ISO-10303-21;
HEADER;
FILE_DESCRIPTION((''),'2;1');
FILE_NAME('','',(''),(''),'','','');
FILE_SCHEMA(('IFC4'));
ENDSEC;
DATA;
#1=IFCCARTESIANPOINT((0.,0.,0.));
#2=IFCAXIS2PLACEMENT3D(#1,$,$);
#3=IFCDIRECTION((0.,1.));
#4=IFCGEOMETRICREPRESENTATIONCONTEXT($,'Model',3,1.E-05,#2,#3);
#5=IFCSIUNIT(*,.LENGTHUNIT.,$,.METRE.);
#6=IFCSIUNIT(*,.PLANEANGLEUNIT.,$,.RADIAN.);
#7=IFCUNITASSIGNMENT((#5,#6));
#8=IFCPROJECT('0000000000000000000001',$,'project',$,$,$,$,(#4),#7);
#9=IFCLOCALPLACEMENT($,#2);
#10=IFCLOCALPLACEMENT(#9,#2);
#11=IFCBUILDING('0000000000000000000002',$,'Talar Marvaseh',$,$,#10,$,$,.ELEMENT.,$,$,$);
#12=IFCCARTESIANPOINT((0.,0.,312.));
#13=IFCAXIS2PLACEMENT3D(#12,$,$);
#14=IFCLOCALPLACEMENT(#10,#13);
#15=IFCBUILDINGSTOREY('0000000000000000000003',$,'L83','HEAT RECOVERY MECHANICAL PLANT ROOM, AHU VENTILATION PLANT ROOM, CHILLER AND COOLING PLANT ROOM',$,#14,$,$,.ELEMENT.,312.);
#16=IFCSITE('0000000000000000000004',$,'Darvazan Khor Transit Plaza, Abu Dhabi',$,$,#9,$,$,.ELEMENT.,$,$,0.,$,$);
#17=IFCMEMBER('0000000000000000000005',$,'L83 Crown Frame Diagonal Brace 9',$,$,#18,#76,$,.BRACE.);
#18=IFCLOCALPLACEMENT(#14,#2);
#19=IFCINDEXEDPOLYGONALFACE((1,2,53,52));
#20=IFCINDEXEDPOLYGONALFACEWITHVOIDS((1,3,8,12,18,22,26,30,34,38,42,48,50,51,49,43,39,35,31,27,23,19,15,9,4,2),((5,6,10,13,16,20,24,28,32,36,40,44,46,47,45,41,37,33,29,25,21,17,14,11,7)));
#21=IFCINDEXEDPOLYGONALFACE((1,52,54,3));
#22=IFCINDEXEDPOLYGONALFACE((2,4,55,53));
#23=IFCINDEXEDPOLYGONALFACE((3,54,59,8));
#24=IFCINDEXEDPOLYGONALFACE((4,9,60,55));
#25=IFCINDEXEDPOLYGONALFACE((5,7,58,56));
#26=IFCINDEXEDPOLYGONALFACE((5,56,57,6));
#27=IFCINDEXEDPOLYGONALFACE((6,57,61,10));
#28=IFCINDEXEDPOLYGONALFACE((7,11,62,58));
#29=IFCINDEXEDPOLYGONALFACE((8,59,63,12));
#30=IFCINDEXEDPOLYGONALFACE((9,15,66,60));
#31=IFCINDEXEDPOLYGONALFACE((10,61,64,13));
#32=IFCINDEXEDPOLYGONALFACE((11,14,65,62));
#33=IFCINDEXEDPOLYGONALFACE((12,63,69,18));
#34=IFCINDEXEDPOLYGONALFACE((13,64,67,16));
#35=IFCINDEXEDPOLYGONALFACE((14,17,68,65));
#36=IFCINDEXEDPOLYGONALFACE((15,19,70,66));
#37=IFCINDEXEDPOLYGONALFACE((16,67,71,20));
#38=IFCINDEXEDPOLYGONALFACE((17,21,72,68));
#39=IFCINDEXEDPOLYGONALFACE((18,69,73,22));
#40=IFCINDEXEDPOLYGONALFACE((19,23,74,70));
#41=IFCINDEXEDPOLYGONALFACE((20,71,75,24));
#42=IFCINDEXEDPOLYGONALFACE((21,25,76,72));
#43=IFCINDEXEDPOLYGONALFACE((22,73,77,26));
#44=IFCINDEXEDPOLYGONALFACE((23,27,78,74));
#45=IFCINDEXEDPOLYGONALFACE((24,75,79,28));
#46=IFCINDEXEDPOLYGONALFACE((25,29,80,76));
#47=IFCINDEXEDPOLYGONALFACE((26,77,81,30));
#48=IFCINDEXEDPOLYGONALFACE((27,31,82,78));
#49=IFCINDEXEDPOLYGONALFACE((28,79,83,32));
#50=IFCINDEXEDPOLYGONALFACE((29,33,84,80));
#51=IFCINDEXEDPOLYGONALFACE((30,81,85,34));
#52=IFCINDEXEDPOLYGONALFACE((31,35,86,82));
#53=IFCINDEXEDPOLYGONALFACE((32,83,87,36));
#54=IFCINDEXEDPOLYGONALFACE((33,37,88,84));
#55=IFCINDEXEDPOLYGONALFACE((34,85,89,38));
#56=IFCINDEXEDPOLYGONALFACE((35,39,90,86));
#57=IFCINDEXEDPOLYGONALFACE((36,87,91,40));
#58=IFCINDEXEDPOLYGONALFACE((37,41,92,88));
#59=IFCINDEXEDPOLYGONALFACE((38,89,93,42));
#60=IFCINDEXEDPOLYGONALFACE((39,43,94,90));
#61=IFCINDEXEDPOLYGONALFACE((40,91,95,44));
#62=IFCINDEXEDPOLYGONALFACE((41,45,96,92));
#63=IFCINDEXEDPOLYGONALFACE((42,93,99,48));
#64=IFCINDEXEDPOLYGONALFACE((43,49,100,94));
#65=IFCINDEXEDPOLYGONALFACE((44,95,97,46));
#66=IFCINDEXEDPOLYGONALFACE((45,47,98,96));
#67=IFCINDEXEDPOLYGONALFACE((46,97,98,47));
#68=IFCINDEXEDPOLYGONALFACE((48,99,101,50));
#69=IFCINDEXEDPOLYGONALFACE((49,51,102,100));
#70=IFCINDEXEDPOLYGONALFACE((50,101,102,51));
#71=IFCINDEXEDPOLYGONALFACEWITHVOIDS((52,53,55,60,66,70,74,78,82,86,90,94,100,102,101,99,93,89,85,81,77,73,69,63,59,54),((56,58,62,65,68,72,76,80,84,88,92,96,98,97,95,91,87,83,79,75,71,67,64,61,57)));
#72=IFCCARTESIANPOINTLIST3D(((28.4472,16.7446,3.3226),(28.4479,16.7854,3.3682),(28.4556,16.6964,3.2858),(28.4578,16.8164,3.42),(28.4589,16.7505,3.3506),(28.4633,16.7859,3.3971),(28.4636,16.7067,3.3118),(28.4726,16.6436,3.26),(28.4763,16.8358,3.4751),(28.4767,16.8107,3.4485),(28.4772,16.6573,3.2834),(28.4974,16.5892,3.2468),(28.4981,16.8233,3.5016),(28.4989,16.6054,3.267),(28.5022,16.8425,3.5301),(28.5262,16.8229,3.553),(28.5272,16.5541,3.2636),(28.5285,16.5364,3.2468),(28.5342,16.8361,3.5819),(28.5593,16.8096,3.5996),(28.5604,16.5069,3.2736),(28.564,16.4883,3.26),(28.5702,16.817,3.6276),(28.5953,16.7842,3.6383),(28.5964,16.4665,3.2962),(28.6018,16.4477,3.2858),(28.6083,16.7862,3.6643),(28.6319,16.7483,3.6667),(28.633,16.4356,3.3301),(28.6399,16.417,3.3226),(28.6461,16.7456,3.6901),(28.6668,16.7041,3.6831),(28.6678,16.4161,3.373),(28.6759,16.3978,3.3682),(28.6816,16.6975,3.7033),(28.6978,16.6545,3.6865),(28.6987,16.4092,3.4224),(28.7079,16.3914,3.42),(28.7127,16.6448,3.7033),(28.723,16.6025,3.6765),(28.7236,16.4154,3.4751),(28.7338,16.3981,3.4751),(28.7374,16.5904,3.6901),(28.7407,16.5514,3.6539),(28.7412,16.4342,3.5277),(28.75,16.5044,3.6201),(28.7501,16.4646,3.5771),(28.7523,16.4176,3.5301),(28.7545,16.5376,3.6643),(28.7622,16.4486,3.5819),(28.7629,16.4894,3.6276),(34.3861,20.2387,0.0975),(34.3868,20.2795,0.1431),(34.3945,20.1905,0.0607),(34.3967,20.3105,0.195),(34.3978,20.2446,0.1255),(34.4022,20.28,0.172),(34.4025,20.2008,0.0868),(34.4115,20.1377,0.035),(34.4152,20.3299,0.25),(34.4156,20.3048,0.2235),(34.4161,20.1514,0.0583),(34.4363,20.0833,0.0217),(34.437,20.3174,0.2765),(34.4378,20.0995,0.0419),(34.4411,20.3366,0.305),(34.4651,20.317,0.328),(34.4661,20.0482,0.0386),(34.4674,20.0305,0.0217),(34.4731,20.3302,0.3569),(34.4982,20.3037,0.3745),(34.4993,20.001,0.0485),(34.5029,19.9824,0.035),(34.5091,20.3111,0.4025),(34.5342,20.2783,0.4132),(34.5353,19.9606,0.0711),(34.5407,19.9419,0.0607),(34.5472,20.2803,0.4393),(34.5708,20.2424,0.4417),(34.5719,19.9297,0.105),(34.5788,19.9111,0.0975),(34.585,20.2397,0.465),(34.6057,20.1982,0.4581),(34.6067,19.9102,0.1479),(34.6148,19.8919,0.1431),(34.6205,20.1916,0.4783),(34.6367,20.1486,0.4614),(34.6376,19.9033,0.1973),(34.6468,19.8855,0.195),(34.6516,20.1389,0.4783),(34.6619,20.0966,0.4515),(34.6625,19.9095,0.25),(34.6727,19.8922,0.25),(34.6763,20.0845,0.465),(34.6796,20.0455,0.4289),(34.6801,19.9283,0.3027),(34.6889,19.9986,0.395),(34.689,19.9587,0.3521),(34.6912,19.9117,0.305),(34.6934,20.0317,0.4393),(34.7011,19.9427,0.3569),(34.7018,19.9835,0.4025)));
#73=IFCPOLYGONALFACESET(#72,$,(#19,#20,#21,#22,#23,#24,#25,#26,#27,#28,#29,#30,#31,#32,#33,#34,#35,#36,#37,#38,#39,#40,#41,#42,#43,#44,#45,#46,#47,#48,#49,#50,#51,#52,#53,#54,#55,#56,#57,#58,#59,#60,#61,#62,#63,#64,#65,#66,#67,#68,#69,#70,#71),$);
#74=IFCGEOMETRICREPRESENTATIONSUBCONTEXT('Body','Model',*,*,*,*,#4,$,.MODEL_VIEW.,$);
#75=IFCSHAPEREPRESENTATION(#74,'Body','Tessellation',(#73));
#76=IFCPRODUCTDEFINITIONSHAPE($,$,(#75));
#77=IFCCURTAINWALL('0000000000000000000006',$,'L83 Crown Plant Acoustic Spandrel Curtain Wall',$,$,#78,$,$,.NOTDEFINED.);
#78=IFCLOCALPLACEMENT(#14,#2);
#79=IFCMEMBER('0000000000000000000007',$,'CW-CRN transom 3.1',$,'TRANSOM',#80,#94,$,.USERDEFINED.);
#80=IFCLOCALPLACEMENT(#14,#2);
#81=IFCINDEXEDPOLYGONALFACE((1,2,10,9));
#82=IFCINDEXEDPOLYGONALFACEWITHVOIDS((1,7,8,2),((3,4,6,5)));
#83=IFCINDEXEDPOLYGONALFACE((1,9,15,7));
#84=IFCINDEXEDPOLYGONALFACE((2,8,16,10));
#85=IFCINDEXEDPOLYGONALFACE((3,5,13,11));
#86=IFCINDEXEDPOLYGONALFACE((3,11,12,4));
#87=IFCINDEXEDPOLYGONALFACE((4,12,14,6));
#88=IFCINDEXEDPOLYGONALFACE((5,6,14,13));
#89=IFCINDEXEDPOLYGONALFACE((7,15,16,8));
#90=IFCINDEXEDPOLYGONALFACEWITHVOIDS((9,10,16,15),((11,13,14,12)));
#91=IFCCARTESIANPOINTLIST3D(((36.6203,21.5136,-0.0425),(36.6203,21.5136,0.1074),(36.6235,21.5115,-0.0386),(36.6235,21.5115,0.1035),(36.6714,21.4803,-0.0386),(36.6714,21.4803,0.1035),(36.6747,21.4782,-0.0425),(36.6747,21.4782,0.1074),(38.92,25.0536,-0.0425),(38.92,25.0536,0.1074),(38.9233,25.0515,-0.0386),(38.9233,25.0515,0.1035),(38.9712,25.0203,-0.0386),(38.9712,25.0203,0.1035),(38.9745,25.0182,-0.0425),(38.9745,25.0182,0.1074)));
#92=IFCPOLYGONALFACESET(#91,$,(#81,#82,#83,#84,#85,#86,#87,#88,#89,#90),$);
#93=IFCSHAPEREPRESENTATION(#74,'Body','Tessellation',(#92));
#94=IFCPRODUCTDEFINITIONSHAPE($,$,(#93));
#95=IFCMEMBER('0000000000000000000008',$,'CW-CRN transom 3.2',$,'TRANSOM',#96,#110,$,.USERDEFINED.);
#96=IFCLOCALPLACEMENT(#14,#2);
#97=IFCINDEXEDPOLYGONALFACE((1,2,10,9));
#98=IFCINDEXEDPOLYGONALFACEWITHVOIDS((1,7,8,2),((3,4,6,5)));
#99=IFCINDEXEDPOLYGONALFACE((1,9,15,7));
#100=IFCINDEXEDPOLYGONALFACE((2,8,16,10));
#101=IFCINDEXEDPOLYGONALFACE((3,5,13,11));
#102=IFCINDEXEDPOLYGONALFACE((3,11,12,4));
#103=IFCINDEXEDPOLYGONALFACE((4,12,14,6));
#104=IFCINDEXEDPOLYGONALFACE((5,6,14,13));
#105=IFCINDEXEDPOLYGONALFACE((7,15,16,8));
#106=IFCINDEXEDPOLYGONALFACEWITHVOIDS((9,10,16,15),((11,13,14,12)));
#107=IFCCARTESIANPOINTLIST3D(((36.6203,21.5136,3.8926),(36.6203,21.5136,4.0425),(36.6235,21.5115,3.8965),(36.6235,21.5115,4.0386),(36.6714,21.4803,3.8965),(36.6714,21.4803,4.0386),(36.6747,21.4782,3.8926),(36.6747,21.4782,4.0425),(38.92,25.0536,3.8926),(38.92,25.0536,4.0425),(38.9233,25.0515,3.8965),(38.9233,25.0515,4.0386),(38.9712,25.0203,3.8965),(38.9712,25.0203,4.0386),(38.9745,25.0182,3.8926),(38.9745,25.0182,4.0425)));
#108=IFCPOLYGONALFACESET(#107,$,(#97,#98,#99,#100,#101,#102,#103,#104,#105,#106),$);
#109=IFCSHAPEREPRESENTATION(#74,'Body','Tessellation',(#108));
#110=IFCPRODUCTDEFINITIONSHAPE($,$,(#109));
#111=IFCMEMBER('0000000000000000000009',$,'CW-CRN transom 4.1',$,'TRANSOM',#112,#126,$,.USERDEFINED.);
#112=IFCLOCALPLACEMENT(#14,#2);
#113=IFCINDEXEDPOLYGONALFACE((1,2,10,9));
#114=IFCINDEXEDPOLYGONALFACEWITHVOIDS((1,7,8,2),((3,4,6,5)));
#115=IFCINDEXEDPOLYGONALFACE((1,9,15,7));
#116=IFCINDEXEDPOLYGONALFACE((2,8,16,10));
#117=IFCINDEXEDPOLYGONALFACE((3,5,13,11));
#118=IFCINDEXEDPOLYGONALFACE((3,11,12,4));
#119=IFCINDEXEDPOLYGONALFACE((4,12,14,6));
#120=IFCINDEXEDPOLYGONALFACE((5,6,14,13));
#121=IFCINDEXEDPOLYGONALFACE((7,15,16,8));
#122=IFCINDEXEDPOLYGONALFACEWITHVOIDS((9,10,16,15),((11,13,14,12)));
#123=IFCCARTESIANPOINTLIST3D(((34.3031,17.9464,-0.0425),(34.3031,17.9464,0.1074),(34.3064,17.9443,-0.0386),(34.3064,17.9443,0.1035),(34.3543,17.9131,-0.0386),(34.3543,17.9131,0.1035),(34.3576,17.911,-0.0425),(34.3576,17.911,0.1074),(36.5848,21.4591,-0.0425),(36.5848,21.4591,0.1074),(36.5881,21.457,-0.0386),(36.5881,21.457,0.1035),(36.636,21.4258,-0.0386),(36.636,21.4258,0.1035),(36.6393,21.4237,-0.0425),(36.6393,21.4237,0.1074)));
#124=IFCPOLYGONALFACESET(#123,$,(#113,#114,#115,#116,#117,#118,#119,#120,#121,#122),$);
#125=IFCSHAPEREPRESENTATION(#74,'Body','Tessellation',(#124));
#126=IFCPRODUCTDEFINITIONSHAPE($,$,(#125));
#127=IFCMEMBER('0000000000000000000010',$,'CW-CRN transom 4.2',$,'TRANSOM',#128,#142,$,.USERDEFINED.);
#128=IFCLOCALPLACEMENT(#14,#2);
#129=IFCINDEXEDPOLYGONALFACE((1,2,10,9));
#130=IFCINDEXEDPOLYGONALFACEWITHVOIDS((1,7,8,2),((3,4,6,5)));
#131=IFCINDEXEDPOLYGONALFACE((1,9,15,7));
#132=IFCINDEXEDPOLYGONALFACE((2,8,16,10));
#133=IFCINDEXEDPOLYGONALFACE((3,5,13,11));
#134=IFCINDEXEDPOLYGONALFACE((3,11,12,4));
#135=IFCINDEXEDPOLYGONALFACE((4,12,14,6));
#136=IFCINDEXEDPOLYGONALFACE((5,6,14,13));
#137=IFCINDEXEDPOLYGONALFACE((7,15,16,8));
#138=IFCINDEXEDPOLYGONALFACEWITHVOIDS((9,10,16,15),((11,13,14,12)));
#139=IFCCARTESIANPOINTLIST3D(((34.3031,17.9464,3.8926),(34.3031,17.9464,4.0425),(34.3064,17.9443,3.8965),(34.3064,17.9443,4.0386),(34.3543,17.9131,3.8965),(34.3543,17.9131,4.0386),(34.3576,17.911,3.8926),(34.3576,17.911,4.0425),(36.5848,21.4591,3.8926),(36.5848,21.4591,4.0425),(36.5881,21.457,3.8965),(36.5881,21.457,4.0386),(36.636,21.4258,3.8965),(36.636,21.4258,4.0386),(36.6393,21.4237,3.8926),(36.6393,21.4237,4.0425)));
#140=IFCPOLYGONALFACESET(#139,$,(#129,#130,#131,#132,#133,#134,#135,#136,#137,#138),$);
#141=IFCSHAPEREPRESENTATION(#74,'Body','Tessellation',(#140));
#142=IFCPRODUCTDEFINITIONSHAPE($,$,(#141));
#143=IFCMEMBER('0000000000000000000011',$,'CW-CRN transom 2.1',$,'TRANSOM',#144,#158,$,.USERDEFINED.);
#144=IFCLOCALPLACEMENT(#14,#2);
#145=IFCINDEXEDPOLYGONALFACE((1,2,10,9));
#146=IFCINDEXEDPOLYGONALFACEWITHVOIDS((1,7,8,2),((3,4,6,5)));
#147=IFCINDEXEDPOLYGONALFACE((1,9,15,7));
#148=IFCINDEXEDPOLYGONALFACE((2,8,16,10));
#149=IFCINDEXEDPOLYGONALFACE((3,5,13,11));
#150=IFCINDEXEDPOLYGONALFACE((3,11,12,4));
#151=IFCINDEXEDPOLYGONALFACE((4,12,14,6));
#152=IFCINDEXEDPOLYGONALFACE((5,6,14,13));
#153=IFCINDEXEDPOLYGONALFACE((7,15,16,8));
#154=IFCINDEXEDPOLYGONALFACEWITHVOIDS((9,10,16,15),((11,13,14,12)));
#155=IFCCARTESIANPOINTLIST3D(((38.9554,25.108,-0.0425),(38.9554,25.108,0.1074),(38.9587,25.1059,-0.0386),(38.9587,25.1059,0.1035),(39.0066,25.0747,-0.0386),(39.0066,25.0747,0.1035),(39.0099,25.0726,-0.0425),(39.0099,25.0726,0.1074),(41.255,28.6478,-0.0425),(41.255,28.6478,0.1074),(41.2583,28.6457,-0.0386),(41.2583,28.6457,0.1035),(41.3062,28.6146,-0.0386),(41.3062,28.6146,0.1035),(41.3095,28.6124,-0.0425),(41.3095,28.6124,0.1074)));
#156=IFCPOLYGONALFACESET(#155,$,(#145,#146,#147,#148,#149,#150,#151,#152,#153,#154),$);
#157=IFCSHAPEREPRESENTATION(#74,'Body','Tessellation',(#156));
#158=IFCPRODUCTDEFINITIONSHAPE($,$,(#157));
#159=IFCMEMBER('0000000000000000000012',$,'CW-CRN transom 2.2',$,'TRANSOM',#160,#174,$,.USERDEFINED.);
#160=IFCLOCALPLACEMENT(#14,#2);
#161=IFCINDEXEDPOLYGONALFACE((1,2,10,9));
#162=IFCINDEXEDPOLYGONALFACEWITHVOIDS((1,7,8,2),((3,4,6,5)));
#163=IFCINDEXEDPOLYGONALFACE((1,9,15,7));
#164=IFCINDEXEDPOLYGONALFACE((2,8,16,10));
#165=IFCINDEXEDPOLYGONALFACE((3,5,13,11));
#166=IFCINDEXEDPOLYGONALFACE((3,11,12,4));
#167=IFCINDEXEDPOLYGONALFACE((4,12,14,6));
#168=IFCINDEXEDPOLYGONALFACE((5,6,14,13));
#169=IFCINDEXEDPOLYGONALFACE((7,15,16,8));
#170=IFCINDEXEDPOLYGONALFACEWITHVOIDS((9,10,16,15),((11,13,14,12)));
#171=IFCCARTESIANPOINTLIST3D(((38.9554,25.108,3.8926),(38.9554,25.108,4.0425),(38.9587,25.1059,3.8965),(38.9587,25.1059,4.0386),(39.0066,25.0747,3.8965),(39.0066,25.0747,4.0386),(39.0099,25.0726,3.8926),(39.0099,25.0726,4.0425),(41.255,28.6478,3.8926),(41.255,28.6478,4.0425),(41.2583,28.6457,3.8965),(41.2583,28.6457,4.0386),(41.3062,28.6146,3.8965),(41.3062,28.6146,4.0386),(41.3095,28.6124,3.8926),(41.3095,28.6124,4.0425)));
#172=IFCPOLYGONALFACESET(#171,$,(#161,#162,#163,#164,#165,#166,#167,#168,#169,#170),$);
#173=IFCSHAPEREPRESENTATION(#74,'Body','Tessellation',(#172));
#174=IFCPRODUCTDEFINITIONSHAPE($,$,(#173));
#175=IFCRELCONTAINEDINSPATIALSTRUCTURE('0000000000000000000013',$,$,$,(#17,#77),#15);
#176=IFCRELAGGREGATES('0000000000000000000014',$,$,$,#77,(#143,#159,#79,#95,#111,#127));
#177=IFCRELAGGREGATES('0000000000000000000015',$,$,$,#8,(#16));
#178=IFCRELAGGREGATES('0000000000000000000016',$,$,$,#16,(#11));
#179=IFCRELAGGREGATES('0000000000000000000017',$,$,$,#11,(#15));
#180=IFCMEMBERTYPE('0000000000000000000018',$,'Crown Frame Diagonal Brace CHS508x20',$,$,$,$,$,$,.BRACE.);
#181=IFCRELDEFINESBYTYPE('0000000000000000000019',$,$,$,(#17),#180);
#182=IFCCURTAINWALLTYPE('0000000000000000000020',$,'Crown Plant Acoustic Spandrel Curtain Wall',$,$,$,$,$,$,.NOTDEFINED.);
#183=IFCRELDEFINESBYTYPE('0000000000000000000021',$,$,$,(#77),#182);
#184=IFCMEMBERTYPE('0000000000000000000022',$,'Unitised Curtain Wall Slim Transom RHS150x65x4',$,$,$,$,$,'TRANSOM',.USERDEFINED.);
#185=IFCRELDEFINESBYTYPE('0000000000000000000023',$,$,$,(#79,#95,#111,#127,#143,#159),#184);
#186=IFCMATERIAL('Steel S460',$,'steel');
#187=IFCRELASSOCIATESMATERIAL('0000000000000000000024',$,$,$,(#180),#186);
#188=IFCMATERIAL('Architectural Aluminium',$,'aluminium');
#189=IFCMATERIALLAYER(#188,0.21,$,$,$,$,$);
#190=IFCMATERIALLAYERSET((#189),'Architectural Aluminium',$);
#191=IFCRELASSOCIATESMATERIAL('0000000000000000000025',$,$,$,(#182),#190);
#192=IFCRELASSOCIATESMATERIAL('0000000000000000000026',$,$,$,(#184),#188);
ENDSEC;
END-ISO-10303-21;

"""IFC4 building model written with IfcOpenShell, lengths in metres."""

from ifc_helpers import new_model, si_unit, direction, frame, origin, origin_2d, place, context, subcontext, project, spatial, hollow_rectangle, hollow_circle, extrude, source, transform, mapped, material, layer, layer_set, material_profile, profile_set, type_object, type_shapes, element, aggregate, save


model = new_model("IFC4")

# Units and contexts
model_context = context("Model", 3, precision=1e-05, world=origin(), true_north=direction((0.0, 1.0)))
body_context = subcontext(model_context, "Body", "Model", "MODEL_VIEW")
ifc_project = project(units=[si_unit("LENGTHUNIT", "METRE"), si_unit("PLANEANGLEUNIT", "RADIAN")], contexts=[model_context])

# Site, building, storey
site_placement = place(None, origin())
site = spatial("IfcSite", under=ifc_project, at=site_placement, Name="Darvazan Khor Transit Plaza, Abu Dhabi", CompositionType="ELEMENT", RefElevation=0.0)
building_placement = place(site_placement, origin())
building = spatial("IfcBuilding", under=site, at=building_placement, Name="Talar Marvaseh", CompositionType="ELEMENT")
storey_placement = place(building_placement, frame((0.0, 0.0, 312.0)))
storey = spatial("IfcBuildingStorey", under=building, at=storey_placement, Name="L83", Description="HEAT RECOVERY MECHANICAL PLANT ROOM, AHU VENTILATION PLANT ROOM, CHILLER AND COOLING PLANT ROOM", CompositionType="ELEMENT", Elevation=312.0)

# Shared definitions
ifc_material_1 = material(Name="Steel S460", Category="steel")

# Member
ifc_material_profile_1 = material_profile(ifc_material_1, hollow_circle(Radius=0.2539, WallThickness=0.02, at=origin_2d()), Name="CHS508x20")
ifc_profile_set_1 = profile_set([ifc_material_profile_1], Name="Steel S460")
member_type_1 = type_object("IfcMemberType", Name="Crown Frame Diagonal Brace CHS508x20", PredefinedType="BRACE", material=ifc_profile_set_1)
shared_shape_1 = source(origin(), body_context, "Body", "SweptSolid", [
    extrude(hollow_circle(Radius=0.2539, WallThickness=0.02, at=origin_2d()), origin(), (0.0, 0.0, 1.0), 7.6079),
])
type_shapes(member_type_1, [shared_shape_1])
member_1_placement = place(storey_placement, frame((34.5439, 20.1111, 0.25), z_axis=(-0.780622, -0.459272, 0.423909), x_axis=(0.507088, -0.861894, 0.0)))
element("IfcMember", 1, at=member_1_placement, inside=storey, type_object=member_type_1, Name="L83 Crown Frame Diagonal Brace 9", PredefinedType="BRACE", context=body_context, shape_type="MappedRepresentation", body=[
    mapped(shared_shape_1, transform((0.0, 0.0, 0.0), x_axis=(1.0, 0.0, 0.0), y_axis=(0.0, 1.0, 0.0), z_axis=(0.0, 0.0, 1.0), scale=1.0)),
])

# Curtain wall, members
ifc_material_2 = material(Name="Architectural Aluminium", Category="aluminium")
ifc_layer_1 = layer(ifc_material_2, 0.21)
ifc_layer_set_1 = layer_set([ifc_layer_1], Name="Architectural Aluminium")
curtain_wall_type = type_object("IfcCurtainWallType", Name="Crown Plant Acoustic Spandrel Curtain Wall", PredefinedType="NOTDEFINED", material=ifc_layer_set_1)
curtain_wall_placement = place(storey_placement, origin())
curtain_wall = element("IfcCurtainWall", 2, at=curtain_wall_placement, inside=storey, type_object=curtain_wall_type, Name="L83 Crown Plant Acoustic Spandrel Curtain Wall", PredefinedType="NOTDEFINED")
ifc_material_profile_2 = material_profile(ifc_material_2, hollow_rectangle(XDim=0.0649, YDim=0.1499, WallThickness=0.0039, at=origin_2d()), Name="RHS150x65x4")
ifc_profile_set_2 = profile_set([ifc_material_profile_2], Name="Architectural Aluminium")
member_type_2 = type_object("IfcMemberType", Name="Unitised Curtain Wall Slim Transom RHS150x65x4", ElementType="TRANSOM", PredefinedType="USERDEFINED", material=ifc_profile_set_2)
shared_shape_2 = source(origin(), body_context, "Body", "SweptSolid", [
    extrude(hollow_rectangle(XDim=0.0649, YDim=0.1499, WallThickness=0.0039, at=origin_2d()), origin(), (0.0, 0.0, 1.0), 4.2214),
])
member_2_placement = place(storey_placement, frame((38.9473, 25.0359, 0.0325), z_axis=(-0.544785, -0.838576, 0.0), x_axis=(0.838576, -0.544785, 0.0)))
member_2 = element("IfcMember", 3, at=member_2_placement, type_object=member_type_2, Name="CW-CRN transom 3.1", ObjectType="TRANSOM", PredefinedType="USERDEFINED", context=body_context, shape_type="MappedRepresentation", body=[
    mapped(shared_shape_2, transform((0.0, 0.0, 0.0), x_axis=(1.0, 0.0, 0.0), y_axis=(0.0, 1.0, 0.0), z_axis=(0.0, 0.0, 1.0), scale=1.0)),
])
member_3_placement = place(storey_placement, frame((38.9473, 25.0359, 3.9675), z_axis=(-0.544785, -0.838576, 0.0), x_axis=(0.838576, -0.544785, 0.0)))
member_3 = element("IfcMember", 4, at=member_3_placement, type_object=member_type_2, Name="CW-CRN transom 3.2", ObjectType="TRANSOM", PredefinedType="USERDEFINED", context=body_context, shape_type="MappedRepresentation", body=[
    mapped(shared_shape_2, transform((0.0, 0.0, 0.0), x_axis=(1.0, 0.0, 0.0), y_axis=(0.0, 1.0, 0.0), z_axis=(0.0, 0.0, 1.0), scale=1.0)),
])
shared_shape_3 = source(origin(), body_context, "Body", "SweptSolid", [
    extrude(hollow_rectangle(XDim=0.0649, YDim=0.1499, WallThickness=0.0039, at=origin_2d()), origin(), (0.0, 0.0, 1.0), 4.1887),
])
member_4_placement = place(storey_placement, frame((36.6121, 21.4414, 0.0325), z_axis=(-0.544734, -0.838609, 0.0), x_axis=(0.838609, -0.544734, 0.0)))
member_4 = element("IfcMember", 5, at=member_4_placement, type_object=member_type_2, Name="CW-CRN transom 4.1", ObjectType="TRANSOM", PredefinedType="USERDEFINED", context=body_context, shape_type="MappedRepresentation", body=[
    mapped(shared_shape_3, transform((0.0, 0.0, 0.0), x_axis=(1.0, 0.0, 0.0), y_axis=(0.0, 1.0, 0.0), z_axis=(0.0, 0.0, 1.0), scale=1.0)),
])
member_5_placement = place(storey_placement, frame((36.6121, 21.4414, 3.9675), z_axis=(-0.544734, -0.838609, 0.0), x_axis=(0.838609, -0.544734, 0.0)))
member_5 = element("IfcMember", 6, at=member_5_placement, type_object=member_type_2, Name="CW-CRN transom 4.2", ObjectType="TRANSOM", PredefinedType="USERDEFINED", context=body_context, shape_type="MappedRepresentation", body=[
    mapped(shared_shape_3, transform((0.0, 0.0, 0.0), x_axis=(1.0, 0.0, 0.0), y_axis=(0.0, 1.0, 0.0), z_axis=(0.0, 0.0, 1.0), scale=1.0)),
])
shared_shape_4 = source(origin(), body_context, "Body", "SweptSolid", [
    extrude(hollow_rectangle(XDim=0.0649, YDim=0.1499, WallThickness=0.0039, at=origin_2d()), origin(), (0.0, 0.0, 1.0), 4.2212),
])
type_shapes(member_type_2, [shared_shape_2, shared_shape_3, shared_shape_4])
member_6_placement = place(storey_placement, frame((41.2822, 28.6301, 0.0325), z_axis=(-0.544771, -0.838585, 0.0), x_axis=(0.838585, -0.544771, 0.0)))
member_6 = element("IfcMember", 7, at=member_6_placement, type_object=member_type_2, Name="CW-CRN transom 2.1", ObjectType="TRANSOM", PredefinedType="USERDEFINED", context=body_context, shape_type="MappedRepresentation", body=[
    mapped(shared_shape_4, transform((0.0, 0.0, 0.0), x_axis=(1.0, 0.0, 0.0), y_axis=(0.0, 1.0, 0.0), z_axis=(0.0, 0.0, 1.0), scale=1.0)),
])
member_7_placement = place(storey_placement, frame((41.2822, 28.6301, 3.9675), z_axis=(-0.544771, -0.838585, 0.0), x_axis=(0.838585, -0.544771, 0.0)))
member_7 = element("IfcMember", 8, at=member_7_placement, type_object=member_type_2, Name="CW-CRN transom 2.2", ObjectType="TRANSOM", PredefinedType="USERDEFINED", context=body_context, shape_type="MappedRepresentation", body=[
    mapped(shared_shape_4, transform((0.0, 0.0, 0.0), x_axis=(1.0, 0.0, 0.0), y_axis=(0.0, 1.0, 0.0), z_axis=(0.0, 0.0, 1.0), scale=1.0)),
])

aggregate(curtain_wall, [member_6, member_7, member_2, member_3, member_4, member_5])

save(model, "model.ifc")
